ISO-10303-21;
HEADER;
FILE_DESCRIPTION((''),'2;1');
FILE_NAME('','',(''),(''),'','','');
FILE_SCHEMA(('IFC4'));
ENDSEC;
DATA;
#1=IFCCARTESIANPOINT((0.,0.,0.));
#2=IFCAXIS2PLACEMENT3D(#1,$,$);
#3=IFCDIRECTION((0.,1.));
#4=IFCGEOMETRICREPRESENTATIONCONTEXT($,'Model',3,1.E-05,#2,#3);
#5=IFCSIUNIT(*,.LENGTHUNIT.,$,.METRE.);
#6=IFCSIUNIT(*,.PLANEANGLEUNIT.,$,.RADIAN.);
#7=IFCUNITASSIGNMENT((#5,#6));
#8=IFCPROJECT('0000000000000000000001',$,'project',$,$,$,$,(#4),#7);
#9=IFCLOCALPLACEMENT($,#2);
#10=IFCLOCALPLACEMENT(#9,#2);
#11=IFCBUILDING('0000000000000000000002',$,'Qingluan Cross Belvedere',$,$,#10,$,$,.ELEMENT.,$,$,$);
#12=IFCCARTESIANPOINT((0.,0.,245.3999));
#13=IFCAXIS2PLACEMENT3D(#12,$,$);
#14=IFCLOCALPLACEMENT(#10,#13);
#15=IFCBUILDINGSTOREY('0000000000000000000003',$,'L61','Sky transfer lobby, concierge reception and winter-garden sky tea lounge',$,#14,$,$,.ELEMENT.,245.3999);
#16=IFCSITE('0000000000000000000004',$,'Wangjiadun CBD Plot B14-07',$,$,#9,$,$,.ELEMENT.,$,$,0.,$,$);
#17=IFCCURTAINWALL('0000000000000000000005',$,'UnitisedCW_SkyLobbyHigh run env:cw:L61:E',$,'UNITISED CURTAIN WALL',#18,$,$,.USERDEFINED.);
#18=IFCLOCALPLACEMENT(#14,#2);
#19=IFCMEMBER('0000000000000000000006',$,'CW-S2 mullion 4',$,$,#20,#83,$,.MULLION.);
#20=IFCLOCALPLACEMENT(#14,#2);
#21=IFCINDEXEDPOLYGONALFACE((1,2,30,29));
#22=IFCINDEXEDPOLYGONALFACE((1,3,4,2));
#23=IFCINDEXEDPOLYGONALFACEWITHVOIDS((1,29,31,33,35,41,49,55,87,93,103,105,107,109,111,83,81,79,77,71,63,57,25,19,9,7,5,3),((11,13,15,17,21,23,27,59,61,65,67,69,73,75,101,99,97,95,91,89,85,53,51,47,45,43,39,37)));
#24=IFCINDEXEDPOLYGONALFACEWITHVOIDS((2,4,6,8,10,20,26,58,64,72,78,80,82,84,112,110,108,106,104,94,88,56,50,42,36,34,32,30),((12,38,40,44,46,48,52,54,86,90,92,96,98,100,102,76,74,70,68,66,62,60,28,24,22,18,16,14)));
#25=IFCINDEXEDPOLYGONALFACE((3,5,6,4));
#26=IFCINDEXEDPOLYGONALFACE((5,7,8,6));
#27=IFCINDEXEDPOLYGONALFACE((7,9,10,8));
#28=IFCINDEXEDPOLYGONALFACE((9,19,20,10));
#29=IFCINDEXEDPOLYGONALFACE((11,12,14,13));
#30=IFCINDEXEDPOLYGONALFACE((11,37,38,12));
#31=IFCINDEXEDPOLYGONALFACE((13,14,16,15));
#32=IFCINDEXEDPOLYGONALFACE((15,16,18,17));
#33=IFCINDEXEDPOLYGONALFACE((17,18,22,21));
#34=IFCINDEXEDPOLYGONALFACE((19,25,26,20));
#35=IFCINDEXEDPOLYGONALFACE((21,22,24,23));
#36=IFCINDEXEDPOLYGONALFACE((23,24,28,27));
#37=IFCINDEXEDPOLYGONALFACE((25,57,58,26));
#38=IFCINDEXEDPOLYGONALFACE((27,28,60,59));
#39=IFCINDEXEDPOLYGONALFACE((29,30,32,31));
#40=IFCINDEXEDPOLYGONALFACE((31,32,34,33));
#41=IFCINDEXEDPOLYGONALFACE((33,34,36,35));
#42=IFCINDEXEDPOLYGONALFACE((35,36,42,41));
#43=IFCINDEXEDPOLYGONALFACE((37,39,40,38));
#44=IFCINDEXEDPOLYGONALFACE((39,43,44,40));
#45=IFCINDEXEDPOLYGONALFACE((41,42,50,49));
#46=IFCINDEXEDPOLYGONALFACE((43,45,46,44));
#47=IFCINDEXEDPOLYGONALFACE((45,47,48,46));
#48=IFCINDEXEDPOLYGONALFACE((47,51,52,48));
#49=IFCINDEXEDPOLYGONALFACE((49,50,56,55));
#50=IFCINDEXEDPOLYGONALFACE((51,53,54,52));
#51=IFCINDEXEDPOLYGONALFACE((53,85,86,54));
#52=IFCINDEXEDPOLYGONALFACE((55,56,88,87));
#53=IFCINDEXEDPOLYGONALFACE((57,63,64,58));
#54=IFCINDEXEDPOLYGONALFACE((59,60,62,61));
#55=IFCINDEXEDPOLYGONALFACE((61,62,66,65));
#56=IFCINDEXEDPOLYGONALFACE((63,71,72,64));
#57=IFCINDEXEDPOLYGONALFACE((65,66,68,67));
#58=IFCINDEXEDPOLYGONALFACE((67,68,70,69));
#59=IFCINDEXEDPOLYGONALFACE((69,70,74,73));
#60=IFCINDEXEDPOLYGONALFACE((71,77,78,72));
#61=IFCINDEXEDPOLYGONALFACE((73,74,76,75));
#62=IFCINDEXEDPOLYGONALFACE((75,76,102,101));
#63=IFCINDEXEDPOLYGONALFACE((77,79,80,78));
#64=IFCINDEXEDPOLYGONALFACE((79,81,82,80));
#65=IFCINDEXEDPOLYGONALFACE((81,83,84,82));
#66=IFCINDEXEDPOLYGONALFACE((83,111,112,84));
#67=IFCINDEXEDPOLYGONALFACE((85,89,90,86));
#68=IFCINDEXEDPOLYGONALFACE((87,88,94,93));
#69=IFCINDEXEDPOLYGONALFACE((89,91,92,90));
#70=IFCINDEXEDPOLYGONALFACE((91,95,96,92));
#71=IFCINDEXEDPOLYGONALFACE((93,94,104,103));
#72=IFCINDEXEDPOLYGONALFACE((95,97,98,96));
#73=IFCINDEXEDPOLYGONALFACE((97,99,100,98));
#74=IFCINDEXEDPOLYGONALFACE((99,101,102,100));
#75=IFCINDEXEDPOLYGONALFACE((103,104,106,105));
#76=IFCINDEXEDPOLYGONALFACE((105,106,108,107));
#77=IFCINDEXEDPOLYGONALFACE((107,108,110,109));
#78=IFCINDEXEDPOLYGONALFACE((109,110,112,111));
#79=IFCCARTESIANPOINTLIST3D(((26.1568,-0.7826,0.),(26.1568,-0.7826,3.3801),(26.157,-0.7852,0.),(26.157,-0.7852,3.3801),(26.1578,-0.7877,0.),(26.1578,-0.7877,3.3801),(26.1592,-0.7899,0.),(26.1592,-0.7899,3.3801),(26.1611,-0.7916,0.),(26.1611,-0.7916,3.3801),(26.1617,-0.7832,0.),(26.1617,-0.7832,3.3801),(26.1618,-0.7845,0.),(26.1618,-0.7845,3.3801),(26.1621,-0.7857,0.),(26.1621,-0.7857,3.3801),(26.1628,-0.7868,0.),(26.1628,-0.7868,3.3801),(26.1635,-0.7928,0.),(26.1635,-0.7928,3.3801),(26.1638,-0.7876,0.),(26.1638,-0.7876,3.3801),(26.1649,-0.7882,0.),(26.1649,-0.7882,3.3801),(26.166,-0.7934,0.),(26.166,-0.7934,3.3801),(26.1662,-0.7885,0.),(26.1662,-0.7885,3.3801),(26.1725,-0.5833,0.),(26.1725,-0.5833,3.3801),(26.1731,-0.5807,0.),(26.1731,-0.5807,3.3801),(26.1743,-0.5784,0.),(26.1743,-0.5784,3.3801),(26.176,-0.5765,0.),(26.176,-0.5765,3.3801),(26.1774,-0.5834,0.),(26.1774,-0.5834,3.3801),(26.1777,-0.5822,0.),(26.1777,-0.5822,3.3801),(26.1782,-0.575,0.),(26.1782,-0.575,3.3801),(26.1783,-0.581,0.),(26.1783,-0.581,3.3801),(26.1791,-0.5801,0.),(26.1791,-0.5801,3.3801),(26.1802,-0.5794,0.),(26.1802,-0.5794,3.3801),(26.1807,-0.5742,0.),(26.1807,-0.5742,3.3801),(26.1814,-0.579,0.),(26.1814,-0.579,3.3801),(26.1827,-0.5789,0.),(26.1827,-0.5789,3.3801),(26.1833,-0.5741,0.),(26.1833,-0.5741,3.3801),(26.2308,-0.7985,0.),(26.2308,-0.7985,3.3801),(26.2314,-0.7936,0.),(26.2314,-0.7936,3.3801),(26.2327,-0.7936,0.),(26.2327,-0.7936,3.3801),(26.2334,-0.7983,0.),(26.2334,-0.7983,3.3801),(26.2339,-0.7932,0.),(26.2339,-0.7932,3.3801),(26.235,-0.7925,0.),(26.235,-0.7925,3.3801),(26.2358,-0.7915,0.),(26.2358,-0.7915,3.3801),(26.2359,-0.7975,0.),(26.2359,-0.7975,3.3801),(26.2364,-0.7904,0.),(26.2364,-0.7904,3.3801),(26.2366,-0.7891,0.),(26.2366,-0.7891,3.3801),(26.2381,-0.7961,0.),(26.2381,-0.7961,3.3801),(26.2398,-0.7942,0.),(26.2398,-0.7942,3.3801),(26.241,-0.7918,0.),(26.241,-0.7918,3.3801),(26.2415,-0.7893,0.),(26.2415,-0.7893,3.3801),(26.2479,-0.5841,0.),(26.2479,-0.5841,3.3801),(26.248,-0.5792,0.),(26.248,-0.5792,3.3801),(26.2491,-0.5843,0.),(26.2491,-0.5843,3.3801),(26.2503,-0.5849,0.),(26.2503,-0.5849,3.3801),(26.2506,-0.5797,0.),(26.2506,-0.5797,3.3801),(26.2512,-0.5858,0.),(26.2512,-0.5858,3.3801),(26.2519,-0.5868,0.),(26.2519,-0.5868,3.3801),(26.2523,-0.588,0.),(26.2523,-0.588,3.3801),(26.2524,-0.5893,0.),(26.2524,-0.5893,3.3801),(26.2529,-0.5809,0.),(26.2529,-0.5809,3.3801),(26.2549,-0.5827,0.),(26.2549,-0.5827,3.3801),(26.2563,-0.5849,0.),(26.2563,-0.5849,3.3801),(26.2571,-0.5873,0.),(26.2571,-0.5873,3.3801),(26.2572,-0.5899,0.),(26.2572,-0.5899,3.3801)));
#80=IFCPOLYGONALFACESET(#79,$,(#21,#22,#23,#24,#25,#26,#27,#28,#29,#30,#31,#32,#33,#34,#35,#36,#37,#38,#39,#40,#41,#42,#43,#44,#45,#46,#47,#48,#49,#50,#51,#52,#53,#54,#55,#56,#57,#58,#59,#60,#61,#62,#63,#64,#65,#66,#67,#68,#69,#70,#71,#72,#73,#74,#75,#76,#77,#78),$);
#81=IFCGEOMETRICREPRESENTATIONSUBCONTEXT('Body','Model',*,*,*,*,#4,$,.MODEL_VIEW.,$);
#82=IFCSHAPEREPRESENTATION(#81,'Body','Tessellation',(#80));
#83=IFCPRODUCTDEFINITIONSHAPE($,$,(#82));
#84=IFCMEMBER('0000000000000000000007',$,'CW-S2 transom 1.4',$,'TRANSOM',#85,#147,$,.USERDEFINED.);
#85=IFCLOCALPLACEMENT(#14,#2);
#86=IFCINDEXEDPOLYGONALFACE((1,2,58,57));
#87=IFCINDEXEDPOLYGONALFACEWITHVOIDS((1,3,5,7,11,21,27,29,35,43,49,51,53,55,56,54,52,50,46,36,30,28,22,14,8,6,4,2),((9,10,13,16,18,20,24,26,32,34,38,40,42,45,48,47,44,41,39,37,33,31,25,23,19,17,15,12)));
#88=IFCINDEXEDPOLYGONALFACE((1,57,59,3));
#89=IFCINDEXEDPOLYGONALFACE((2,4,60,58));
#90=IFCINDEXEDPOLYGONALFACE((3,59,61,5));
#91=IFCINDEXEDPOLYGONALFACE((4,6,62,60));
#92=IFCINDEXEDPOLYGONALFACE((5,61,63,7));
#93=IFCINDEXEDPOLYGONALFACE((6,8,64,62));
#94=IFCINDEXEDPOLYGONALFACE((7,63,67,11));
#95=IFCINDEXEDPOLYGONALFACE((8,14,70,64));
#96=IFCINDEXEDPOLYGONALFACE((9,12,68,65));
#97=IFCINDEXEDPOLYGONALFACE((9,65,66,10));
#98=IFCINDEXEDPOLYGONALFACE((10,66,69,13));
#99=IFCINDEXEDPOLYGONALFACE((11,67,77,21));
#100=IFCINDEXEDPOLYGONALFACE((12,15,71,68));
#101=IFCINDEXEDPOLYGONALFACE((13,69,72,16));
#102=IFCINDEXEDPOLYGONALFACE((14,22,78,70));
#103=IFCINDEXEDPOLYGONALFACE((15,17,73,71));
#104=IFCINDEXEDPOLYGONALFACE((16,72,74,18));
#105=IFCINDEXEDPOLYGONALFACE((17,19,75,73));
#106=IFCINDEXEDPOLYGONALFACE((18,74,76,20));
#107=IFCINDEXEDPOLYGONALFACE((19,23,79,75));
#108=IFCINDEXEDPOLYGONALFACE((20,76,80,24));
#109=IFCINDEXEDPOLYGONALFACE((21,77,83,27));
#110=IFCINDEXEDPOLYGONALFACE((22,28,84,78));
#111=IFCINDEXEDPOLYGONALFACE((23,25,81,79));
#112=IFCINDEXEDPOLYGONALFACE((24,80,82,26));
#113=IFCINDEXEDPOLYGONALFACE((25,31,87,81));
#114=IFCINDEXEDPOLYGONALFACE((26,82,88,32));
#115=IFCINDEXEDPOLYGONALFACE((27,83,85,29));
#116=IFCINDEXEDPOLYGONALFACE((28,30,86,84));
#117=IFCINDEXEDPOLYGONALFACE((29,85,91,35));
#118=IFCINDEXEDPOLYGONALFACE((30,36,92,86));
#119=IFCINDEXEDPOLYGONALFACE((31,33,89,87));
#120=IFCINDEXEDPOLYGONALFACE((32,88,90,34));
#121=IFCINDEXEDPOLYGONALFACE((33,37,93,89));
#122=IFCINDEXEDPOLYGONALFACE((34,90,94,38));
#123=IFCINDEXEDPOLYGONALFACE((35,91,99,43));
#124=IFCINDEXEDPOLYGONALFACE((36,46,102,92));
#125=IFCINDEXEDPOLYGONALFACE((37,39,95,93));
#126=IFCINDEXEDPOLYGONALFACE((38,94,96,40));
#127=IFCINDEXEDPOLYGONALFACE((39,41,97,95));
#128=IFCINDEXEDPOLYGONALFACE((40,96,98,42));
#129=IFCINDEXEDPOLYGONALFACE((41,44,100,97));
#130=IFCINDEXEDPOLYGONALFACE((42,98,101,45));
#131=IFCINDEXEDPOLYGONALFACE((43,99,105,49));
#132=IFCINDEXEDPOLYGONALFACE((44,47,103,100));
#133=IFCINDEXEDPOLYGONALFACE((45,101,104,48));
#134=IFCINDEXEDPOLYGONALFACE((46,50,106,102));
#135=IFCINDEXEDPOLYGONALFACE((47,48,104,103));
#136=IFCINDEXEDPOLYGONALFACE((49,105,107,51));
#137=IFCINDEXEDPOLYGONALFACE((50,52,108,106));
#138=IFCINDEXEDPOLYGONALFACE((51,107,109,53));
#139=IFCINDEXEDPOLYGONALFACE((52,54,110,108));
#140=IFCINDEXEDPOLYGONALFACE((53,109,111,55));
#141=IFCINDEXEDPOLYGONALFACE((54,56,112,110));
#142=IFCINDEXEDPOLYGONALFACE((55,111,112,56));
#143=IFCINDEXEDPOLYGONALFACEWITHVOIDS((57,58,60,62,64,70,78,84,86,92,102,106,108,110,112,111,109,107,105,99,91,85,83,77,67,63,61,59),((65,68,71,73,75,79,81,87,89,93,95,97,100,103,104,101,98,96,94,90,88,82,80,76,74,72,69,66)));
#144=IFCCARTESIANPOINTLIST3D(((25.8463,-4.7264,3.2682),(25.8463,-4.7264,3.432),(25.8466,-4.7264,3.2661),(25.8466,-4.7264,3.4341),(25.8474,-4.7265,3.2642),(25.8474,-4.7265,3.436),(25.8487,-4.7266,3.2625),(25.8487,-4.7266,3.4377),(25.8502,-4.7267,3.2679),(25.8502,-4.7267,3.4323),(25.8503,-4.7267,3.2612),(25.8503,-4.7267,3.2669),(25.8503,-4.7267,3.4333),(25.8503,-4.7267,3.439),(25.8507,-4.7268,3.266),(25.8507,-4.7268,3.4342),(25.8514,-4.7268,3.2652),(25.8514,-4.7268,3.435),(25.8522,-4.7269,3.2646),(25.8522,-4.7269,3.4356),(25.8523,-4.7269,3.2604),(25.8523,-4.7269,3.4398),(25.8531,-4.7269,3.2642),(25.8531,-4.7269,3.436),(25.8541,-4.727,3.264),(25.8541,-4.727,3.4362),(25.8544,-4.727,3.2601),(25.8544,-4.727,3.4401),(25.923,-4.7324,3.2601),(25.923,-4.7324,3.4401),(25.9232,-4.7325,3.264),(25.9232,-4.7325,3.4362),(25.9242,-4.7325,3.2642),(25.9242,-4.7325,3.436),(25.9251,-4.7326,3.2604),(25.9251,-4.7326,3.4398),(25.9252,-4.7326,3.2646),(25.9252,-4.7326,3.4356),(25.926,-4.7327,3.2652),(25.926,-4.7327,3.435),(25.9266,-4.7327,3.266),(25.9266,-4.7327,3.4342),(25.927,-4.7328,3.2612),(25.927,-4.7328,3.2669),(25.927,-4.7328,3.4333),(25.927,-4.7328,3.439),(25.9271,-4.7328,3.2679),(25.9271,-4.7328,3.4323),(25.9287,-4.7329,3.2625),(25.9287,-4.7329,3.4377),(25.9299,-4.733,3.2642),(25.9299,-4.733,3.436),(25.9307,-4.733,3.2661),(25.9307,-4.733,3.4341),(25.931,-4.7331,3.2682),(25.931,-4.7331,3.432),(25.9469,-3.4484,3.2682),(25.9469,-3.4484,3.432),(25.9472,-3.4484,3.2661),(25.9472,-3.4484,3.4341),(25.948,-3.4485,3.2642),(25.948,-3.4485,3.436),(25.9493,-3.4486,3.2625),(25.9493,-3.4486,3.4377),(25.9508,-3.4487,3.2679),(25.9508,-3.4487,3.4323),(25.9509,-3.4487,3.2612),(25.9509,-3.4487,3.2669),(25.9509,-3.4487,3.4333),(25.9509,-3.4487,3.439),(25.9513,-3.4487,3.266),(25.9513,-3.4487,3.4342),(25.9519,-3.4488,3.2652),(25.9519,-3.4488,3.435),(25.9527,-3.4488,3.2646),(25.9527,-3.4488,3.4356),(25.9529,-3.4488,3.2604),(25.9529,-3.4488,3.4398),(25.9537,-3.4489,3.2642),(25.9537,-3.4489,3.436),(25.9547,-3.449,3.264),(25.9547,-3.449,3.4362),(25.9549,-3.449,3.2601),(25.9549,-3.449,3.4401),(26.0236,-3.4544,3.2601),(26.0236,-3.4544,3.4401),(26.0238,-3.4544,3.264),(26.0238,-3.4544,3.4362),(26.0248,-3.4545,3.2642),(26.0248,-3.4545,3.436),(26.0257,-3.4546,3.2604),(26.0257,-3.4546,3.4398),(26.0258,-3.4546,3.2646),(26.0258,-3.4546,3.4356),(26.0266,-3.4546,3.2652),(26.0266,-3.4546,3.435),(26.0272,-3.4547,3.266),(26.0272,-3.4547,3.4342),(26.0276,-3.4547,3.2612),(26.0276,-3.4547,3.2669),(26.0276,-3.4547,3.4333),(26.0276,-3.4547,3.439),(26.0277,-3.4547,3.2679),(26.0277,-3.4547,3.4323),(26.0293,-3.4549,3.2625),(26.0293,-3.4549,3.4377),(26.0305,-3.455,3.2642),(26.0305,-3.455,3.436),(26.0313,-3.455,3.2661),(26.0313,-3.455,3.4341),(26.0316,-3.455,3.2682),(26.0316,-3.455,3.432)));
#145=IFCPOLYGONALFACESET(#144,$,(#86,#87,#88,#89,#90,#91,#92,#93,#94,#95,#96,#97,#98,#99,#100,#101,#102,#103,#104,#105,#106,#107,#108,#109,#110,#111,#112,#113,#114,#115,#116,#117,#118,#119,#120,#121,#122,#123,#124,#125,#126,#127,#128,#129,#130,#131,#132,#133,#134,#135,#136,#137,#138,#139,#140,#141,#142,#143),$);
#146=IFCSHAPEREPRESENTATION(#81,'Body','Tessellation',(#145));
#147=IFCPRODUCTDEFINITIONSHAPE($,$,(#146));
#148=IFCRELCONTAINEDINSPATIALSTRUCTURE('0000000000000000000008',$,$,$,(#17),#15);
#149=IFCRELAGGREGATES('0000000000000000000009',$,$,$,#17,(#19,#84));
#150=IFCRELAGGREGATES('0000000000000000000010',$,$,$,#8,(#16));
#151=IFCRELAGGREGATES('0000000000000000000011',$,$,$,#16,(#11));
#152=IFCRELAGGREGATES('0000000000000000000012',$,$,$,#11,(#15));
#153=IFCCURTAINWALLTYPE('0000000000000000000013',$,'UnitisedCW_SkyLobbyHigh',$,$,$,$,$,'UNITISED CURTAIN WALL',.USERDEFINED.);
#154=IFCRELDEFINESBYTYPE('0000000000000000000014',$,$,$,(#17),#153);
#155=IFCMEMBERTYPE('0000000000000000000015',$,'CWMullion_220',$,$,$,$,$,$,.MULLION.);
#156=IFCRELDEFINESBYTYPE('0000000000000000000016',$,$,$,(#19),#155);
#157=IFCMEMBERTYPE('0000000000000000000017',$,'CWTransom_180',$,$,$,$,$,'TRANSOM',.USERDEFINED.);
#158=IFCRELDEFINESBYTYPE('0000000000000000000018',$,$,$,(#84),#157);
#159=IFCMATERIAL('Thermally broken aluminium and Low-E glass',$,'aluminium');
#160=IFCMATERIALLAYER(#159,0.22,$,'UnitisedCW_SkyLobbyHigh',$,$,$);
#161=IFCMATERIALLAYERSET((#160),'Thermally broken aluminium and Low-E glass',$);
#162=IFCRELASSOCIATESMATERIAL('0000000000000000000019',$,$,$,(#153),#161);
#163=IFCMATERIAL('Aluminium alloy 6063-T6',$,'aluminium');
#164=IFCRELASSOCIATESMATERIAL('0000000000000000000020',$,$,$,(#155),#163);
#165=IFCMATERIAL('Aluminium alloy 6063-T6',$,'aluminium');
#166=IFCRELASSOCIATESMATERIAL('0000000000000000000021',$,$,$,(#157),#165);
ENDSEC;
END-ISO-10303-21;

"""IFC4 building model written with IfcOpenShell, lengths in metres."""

from ifc_helpers import new_model, si_unit, direction, frame, origin, origin_2d, place, context, subcontext, project, spatial, hollow_rectangle, extrude, material, layer, layer_set, material_profile, profile_set, type_object, element, aggregate, save


model = new_model("IFC4")

# Units and contexts
model_context = context("Model", 3, precision=1e-05, world=origin(), true_north=direction((0.0, 1.0)))
body_context = subcontext(model_context, "Body", "Model", "MODEL_VIEW")
ifc_project = project(units=[si_unit("LENGTHUNIT", "METRE"), si_unit("PLANEANGLEUNIT", "RADIAN")], contexts=[model_context])

# Site, building, storey
site_placement = place(None, origin())
site = spatial("IfcSite", under=ifc_project, at=site_placement, Name="Wangjiadun CBD Plot B14-07", CompositionType="ELEMENT", RefElevation=0.0)
building_placement = place(site_placement, origin())
building = spatial("IfcBuilding", under=site, at=building_placement, Name="Qingluan Cross Belvedere", CompositionType="ELEMENT")
storey_placement = place(building_placement, frame((0.0, 0.0, 245.3999)))
storey = spatial("IfcBuildingStorey", under=building, at=storey_placement, Name="L61", Description="Sky transfer lobby, concierge reception and winter-garden sky tea lounge", CompositionType="ELEMENT", Elevation=245.3999)

# Curtain wall, members
ifc_material_1 = material(Name="Thermally broken aluminium and Low-E glass", Category="aluminium")
ifc_layer_1 = layer(ifc_material_1, 0.22, Name="UnitisedCW_SkyLobbyHigh")
ifc_layer_set_1 = layer_set([ifc_layer_1], Name="Thermally broken aluminium and Low-E glass")
curtain_wall_type = type_object("IfcCurtainWallType", Name="UnitisedCW_SkyLobbyHigh", ElementType="UNITISED CURTAIN WALL", PredefinedType="USERDEFINED", material=ifc_layer_set_1)
curtain_wall_placement = place(storey_placement, origin())
curtain_wall = element("IfcCurtainWall", 1, at=curtain_wall_placement, inside=storey, type_object=curtain_wall_type, Name="UnitisedCW_SkyLobbyHigh run env:cw:L61:E", ObjectType="UNITISED CURTAIN WALL", PredefinedType="USERDEFINED")
ifc_material_2 = material(Name="Aluminium alloy 6063-T6", Category="aluminium")
ifc_material_profile_1 = material_profile(ifc_material_2, hollow_rectangle(XDim=0.085, YDim=0.22, WallThickness=0.0049, InnerFilletRadius=0.0049, OuterFilletRadius=0.01, at=origin_2d()), Name="CWM220x85x5")
ifc_profile_set_1 = profile_set([ifc_material_profile_1], Name="Aluminium alloy 6063-T6")
member_type_1 = type_object("IfcMemberType", Name="CWMullion_220", PredefinedType="MULLION", material=ifc_profile_set_1)
member_1_placement = place(storey_placement, frame((26.207, -0.6863, 0.0), z_axis=(0.0, 0.0, 1.0), x_axis=(-0.996917, 0.078462, 0.0)))
member_1 = element("IfcMember", 2, at=member_1_placement, type_object=member_type_1, Name="CW-S2 mullion 4", PredefinedType="MULLION", context=body_context, shape_type="SweptSolid", body=[
    extrude(hollow_rectangle(XDim=0.085, YDim=0.22, WallThickness=0.0049, InnerFilletRadius=0.0049, OuterFilletRadius=0.01, at=origin_2d()), origin(), (0.0, 0.0, 1.0), 3.3801),
])
ifc_material_3 = material(Name="Aluminium alloy 6063-T6", Category="aluminium")
ifc_material_profile_2 = material_profile(ifc_material_3, hollow_rectangle(XDim=0.085, YDim=0.1799, WallThickness=0.0039, InnerFilletRadius=0.0039, OuterFilletRadius=0.0081, at=origin_2d()), Name="CWT180x85x4")
ifc_profile_set_2 = profile_set([ifc_material_profile_2], Name="Aluminium alloy 6063-T6")
member_type_2 = type_object("IfcMemberType", Name="CWTransom_180", ElementType="TRANSOM", PredefinedType="USERDEFINED", material=ifc_profile_set_2)
member_2_placement = place(storey_placement, frame((25.8887, -4.7297, 3.3501), z_axis=(0.078458, 0.996917, 0.0), x_axis=(-0.996917, 0.078458, 0.0)))
member_2 = element("IfcMember", 3, at=member_2_placement, type_object=member_type_2, Name="CW-S2 transom 1.4", ObjectType="TRANSOM", PredefinedType="USERDEFINED", context=body_context, shape_type="SweptSolid", body=[
    extrude(hollow_rectangle(XDim=0.085, YDim=0.1799, WallThickness=0.0039, InnerFilletRadius=0.0039, OuterFilletRadius=0.0081, at=origin_2d()), origin(), (0.0, 0.0, 1.0), 1.282),
])
aggregate(curtain_wall, [member_1, member_2])

save(model, "model.ifc")
